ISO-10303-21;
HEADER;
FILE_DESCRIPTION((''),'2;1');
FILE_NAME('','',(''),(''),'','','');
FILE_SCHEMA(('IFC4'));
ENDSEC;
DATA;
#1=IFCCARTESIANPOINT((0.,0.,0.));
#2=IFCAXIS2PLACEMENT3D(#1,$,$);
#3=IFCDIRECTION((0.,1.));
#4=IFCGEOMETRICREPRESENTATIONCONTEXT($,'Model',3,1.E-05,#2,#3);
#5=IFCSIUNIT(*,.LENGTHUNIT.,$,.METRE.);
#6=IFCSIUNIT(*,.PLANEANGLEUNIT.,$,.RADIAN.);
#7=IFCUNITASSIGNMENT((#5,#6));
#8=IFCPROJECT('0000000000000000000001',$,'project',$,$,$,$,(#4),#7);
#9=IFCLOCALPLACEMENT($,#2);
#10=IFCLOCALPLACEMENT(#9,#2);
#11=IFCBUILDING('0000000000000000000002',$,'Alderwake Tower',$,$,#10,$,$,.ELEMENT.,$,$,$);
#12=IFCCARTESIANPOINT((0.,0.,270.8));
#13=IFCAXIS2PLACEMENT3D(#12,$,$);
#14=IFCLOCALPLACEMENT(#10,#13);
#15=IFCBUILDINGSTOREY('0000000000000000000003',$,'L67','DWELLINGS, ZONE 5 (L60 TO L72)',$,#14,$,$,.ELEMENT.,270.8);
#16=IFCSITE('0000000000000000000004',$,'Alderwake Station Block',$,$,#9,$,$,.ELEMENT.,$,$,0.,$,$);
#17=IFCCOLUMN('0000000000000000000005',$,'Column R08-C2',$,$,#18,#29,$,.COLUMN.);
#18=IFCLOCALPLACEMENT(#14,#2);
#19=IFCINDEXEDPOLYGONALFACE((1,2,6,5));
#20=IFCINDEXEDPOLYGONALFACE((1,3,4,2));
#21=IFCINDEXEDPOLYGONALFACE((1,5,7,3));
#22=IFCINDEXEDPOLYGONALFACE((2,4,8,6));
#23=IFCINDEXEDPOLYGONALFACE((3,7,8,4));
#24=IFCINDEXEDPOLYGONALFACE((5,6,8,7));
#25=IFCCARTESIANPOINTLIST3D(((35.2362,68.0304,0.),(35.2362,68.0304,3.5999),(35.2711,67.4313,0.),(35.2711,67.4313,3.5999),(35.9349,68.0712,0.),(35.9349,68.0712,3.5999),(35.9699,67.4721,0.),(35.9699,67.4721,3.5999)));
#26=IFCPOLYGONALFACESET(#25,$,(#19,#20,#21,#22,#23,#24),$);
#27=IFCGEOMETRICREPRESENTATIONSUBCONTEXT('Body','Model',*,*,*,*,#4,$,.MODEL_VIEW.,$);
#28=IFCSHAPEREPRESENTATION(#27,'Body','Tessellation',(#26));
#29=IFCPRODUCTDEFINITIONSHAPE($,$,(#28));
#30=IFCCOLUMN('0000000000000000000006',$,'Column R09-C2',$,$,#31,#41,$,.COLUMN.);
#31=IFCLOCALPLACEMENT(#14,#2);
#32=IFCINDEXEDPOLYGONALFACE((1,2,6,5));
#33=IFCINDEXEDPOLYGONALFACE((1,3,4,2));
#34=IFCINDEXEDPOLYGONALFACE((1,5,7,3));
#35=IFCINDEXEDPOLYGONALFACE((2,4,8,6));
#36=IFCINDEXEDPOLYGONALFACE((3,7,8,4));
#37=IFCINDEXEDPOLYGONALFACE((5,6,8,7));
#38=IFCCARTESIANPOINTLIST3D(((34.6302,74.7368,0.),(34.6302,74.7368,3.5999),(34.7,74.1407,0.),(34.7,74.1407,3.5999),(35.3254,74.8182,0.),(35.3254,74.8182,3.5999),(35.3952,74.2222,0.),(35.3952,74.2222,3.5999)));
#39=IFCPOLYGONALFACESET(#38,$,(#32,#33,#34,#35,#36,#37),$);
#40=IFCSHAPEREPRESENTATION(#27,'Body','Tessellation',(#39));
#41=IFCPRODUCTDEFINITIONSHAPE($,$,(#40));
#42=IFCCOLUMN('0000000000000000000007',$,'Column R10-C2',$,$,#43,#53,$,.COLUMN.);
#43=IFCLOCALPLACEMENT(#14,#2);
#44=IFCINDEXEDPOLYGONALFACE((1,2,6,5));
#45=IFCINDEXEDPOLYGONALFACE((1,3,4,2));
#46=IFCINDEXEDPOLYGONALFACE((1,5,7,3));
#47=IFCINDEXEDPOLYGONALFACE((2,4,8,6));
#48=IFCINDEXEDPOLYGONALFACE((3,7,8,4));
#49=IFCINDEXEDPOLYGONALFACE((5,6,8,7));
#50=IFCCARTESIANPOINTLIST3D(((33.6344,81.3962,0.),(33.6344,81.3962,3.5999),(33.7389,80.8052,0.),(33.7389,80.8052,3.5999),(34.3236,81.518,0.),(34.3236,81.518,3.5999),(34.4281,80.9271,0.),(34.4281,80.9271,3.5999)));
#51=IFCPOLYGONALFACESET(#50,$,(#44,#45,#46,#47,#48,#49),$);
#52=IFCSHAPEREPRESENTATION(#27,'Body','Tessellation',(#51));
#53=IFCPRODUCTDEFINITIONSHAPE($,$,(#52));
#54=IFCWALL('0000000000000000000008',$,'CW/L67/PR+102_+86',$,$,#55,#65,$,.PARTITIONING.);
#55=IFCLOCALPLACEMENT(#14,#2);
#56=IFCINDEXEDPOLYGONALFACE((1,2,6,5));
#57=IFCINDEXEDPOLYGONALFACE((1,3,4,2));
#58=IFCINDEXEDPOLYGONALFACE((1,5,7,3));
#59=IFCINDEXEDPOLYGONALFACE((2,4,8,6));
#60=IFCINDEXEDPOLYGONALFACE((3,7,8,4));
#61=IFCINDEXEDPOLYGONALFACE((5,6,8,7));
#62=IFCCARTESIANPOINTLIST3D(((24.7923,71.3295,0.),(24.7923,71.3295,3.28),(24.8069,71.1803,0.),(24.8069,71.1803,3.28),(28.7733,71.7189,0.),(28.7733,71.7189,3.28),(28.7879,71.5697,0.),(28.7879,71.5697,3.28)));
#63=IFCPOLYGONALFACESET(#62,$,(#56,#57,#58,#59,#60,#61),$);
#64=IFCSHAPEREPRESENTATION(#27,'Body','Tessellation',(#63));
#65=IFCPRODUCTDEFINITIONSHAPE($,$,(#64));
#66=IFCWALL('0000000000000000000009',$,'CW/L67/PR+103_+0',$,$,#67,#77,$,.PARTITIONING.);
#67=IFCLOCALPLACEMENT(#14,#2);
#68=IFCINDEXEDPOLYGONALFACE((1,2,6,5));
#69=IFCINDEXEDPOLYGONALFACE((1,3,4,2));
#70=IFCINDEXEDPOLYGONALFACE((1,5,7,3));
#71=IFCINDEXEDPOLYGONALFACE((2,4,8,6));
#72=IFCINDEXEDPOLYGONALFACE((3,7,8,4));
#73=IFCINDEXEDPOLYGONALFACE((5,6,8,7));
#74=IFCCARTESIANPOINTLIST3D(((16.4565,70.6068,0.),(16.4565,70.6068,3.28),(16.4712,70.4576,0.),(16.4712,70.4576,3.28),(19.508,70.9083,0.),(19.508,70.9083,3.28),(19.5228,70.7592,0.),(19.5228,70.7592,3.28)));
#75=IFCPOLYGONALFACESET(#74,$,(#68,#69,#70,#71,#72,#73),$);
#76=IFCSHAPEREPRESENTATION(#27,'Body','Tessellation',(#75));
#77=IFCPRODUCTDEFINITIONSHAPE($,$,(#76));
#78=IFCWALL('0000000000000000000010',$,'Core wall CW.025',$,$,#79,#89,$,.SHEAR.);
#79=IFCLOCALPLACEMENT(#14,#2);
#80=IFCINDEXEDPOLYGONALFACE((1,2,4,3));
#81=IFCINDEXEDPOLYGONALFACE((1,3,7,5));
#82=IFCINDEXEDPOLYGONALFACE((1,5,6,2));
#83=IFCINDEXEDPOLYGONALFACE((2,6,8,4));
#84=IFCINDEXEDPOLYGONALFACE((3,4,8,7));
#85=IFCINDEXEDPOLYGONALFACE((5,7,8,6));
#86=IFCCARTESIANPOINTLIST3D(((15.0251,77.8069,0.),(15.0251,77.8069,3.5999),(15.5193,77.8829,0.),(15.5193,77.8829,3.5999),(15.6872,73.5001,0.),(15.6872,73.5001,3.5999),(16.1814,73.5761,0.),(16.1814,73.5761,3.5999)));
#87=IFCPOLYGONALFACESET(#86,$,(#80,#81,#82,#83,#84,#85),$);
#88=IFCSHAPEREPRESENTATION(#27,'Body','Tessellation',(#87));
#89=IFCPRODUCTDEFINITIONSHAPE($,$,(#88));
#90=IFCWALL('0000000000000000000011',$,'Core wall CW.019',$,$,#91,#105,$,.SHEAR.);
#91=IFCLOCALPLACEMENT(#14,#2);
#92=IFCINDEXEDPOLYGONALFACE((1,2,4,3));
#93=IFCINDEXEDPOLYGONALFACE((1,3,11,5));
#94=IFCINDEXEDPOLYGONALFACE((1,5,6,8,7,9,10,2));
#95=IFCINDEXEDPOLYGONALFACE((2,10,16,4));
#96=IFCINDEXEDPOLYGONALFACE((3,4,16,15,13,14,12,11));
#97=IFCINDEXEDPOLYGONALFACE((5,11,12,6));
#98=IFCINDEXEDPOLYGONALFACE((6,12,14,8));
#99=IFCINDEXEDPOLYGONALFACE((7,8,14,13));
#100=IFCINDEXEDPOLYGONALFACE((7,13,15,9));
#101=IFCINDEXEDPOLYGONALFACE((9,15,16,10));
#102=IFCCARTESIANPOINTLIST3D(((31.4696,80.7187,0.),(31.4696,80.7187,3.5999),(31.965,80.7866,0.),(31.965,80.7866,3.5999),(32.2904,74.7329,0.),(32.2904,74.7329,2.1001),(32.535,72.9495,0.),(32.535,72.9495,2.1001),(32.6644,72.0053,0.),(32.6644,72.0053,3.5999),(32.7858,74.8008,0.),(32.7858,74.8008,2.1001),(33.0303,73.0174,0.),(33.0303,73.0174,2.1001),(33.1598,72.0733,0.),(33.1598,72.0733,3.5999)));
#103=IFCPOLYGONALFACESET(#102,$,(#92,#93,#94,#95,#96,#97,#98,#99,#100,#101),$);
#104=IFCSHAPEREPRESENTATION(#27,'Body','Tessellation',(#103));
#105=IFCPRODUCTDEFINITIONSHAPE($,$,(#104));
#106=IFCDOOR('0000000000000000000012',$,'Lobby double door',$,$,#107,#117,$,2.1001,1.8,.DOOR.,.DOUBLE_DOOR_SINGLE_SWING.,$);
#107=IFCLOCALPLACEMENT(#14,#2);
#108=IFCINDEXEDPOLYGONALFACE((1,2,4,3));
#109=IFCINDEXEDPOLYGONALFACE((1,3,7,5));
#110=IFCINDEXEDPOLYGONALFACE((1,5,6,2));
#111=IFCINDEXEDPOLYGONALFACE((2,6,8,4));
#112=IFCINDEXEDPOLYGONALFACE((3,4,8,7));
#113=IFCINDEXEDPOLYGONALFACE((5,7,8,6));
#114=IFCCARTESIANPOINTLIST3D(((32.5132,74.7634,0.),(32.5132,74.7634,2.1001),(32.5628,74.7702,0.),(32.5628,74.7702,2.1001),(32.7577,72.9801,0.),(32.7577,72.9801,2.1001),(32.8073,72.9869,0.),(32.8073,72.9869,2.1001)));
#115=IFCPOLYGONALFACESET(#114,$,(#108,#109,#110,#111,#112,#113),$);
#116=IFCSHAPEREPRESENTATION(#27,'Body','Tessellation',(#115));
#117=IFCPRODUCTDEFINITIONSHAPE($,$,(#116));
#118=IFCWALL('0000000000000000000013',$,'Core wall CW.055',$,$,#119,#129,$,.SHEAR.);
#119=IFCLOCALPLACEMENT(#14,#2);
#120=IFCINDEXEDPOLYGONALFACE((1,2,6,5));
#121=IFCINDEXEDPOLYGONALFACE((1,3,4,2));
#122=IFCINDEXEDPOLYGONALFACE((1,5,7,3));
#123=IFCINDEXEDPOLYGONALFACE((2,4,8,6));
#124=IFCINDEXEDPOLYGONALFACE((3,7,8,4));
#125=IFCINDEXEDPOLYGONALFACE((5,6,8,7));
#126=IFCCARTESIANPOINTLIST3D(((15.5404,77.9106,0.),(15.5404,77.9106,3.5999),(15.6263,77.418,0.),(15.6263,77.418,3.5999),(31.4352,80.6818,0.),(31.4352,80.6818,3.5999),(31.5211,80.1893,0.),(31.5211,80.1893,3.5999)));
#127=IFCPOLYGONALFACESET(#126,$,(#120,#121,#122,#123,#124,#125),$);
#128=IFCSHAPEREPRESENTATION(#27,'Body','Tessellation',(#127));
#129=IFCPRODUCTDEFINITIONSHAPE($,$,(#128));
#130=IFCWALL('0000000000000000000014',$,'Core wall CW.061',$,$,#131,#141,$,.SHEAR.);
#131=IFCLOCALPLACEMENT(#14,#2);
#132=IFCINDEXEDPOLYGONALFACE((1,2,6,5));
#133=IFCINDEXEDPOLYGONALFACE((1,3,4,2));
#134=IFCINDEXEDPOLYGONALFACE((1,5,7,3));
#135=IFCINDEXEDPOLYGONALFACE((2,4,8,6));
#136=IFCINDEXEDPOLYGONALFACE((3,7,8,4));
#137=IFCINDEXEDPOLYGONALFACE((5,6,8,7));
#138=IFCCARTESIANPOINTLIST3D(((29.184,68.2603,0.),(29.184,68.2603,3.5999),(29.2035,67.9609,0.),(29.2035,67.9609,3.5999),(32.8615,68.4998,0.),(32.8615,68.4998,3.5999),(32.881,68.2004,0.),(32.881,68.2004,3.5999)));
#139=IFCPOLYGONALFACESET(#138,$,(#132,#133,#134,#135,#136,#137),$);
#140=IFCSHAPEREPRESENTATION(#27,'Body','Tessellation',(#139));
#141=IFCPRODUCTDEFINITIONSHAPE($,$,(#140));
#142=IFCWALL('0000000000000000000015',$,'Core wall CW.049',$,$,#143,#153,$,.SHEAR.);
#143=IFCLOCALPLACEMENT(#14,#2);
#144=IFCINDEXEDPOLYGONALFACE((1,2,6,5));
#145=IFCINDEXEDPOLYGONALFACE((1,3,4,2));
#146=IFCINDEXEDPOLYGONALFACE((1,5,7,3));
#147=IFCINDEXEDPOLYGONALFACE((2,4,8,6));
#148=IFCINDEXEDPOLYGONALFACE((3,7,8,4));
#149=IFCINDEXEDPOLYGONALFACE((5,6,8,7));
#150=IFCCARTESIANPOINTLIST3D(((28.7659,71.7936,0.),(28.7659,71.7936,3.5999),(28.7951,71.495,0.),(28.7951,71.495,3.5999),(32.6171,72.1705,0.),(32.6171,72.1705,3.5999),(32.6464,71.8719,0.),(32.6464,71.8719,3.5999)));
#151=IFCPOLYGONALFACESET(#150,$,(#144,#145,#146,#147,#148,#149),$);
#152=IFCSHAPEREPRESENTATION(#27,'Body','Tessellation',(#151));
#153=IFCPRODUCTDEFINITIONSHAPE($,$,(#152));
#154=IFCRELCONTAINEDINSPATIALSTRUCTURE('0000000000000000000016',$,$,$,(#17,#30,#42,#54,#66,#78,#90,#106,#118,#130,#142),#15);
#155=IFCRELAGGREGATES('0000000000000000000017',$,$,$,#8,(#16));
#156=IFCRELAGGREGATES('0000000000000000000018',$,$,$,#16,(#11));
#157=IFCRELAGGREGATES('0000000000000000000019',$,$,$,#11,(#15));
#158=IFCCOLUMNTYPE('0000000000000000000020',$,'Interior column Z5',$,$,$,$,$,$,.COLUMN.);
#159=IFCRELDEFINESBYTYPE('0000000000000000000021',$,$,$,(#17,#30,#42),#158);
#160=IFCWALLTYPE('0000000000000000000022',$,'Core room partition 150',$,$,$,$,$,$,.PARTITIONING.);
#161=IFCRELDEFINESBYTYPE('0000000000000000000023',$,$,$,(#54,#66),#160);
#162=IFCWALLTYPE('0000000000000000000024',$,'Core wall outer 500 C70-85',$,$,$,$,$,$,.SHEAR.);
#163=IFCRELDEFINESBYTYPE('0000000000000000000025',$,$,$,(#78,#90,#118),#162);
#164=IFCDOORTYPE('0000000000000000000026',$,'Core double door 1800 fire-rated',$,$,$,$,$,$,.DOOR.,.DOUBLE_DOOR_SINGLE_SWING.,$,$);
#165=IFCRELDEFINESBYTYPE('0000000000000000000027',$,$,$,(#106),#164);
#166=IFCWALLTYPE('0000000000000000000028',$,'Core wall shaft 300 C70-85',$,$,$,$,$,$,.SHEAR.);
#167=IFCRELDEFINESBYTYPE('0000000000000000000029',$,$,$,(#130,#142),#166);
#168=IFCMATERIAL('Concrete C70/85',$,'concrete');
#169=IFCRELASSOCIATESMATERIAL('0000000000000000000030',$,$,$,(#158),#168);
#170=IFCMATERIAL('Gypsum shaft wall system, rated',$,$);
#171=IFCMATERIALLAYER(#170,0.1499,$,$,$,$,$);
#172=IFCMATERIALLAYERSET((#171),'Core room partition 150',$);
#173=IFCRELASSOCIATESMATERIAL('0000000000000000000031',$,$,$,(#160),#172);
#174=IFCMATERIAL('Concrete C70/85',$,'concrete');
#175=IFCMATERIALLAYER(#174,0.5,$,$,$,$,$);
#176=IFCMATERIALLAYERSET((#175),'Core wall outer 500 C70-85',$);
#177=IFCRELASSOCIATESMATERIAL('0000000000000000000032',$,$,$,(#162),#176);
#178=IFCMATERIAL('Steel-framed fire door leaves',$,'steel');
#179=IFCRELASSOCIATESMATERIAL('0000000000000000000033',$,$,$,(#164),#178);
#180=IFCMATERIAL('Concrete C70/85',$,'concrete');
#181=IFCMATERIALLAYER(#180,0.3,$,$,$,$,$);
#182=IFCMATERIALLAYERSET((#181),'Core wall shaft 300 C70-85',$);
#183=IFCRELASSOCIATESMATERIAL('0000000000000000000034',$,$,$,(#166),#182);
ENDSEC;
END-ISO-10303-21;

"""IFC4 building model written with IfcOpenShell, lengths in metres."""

from ifc_helpers import new_model, si_unit, direction, frame, frame_2d, origin, origin_2d, place, context, subcontext, project, spatial, rectangle, extrude, material, layer, layer_set, material_profile, profile_set, type_object, element, fill, save


model = new_model("IFC4")

# Units and contexts
model_context = context("Model", 3, precision=1e-05, world=origin(), true_north=direction((0.0, 1.0)))
body_context = subcontext(model_context, "Body", "Model", "MODEL_VIEW")
ifc_project = project(units=[si_unit("LENGTHUNIT", "METRE"), si_unit("PLANEANGLEUNIT", "RADIAN")], contexts=[model_context])

# Site, building, storey
site_placement = place(None, origin())
site = spatial("IfcSite", under=ifc_project, at=site_placement, Name="Alderwake Station Block", CompositionType="ELEMENT", RefElevation=0.0)
building_placement = place(site_placement, origin())
building = spatial("IfcBuilding", under=site, at=building_placement, Name="Alderwake Tower", CompositionType="ELEMENT")
storey_placement = place(building_placement, frame((0.0, 0.0, 270.8)))
storey = spatial("IfcBuildingStorey", under=building, at=storey_placement, Name="L67", Description="DWELLINGS, ZONE 5 (L60 TO L72)", CompositionType="ELEMENT", Elevation=270.8)

# Columns
ifc_material_1 = material(Name="Concrete C70/85", Category="concrete")
ifc_material_profile = material_profile(ifc_material_1, rectangle(XDim=0.6001, YDim=0.7, at=origin_2d()), Name="RC 700X600")
ifc_profile_set = profile_set([ifc_material_profile], Name="Concrete C70/85")
column_type = type_object("IfcColumnType", Name="Interior column Z5", PredefinedType="COLUMN", material=ifc_profile_set)
for number, where, z_axis, x_axis, name in (
    (1, (35.603, 67.7512, 0.0), (0.0, 0.0, 1.0), (-0.058301, 0.998299, 0.0), "Column R08-C2"),
    (2, (35.0127, 74.4795, 0.0), (0.0, 0.0, 1.0), (-0.116402, 0.993202, 0.0), "Column R09-C2"),
    (3, (34.0312, 81.1616, 0.0), (0.0, 0.0, 1.0), (-0.174109, 0.984726, 0.0), "Column R10-C2"),
):
    element("IfcColumn", number, at=place(storey_placement, frame(where, z_axis=z_axis, x_axis=x_axis)), inside=storey, type_object=column_type, Name=name, PredefinedType="COLUMN", context=body_context, shape_type="SweptSolid", body=[
        extrude(rectangle(XDim=0.6001, YDim=0.7, at=origin_2d()), origin(), (0.0, 0.0, 1.0), 3.5999),
    ])

# Walls
ifc_material_2 = material(Name="Gypsum shaft wall system, rated")
ifc_layer_1 = layer(ifc_material_2, 0.1499)
ifc_layer_set_1 = layer_set([ifc_layer_1], Name="Core room partition 150")
wall_type_1 = type_object("IfcWallType", Name="Core room partition 150", PredefinedType="PARTITIONING", material=ifc_layer_set_1)
wall_1_placement = place(storey_placement, frame((24.7996, 71.2549, 0.0), z_axis=(0.0, 0.0, 1.0), x_axis=(0.99525, 0.097352, 0.0)))
element("IfcWall", 4, at=wall_1_placement, inside=storey, type_object=wall_type_1, Name="CW/L67/PR+102_+86", PredefinedType="PARTITIONING", context=body_context, shape_type="SweptSolid", body=[
    extrude(rectangle(XDim=4.0, YDim=0.1499, at=frame_2d((2.0, 0.0))), origin(), (0.0, 0.0, 1.0), 3.28),
])
wall_2_placement = place(storey_placement, frame((16.4639, 70.5322, 0.0), z_axis=(0.0, 0.0, 1.0), x_axis=(0.995154, 0.098329, 0.0)))
element("IfcWall", 5, at=wall_2_placement, inside=storey, type_object=wall_type_1, Name="CW/L67/PR+103_+0", PredefinedType="PARTITIONING", context=body_context, shape_type="SweptSolid", body=[
    extrude(rectangle(XDim=3.0664, YDim=0.1499, at=frame_2d((1.5332, 0.0))), origin(), (0.0, 0.0, 1.0), 3.28),
])
ifc_material_3 = material(Name="Concrete C70/85", Category="concrete")
ifc_layer_2 = layer(ifc_material_3, 0.5)
ifc_layer_set_2 = layer_set([ifc_layer_2], Name="Core wall outer 500 C70-85")
wall_type_2 = type_object("IfcWallType", Name="Core wall outer 500 C70-85", PredefinedType="SHEAR", material=ifc_layer_set_2)
wall_3_placement = place(storey_placement, frame((15.9343, 73.5381, 0.0), z_axis=(0.0, 0.0, 1.0), x_axis=(-0.151948, 0.988389, 0.0)))
element("IfcWall", 6, at=wall_3_placement, inside=storey, type_object=wall_type_2, Name="Core wall CW.025", PredefinedType="SHEAR", context=body_context, shape_type="SweptSolid", body=[
    extrude(rectangle(XDim=4.3574, YDim=0.5, at=frame_2d((2.1787, 0.0))), origin(), (0.0, 0.0, 1.0), 3.5999),
])

# Wall, opening, door
wall_4_placement = place(storey_placement, frame((31.7173, 80.7527, 0.0), z_axis=(0.0, 0.0, 1.0), x_axis=(0.135854, -0.990729, 0.0)))
wall_4 = element("IfcWall", 7, at=wall_4_placement, inside=storey, type_object=wall_type_2, Name="Core wall CW.019", PredefinedType="SHEAR", context=body_context, shape_type="SweptSolid", body=[
    extrude(rectangle(XDim=8.7949, YDim=0.5, at=frame_2d((4.3975, 0.0))), origin(), (0.0, 0.0, 1.0), 3.5999),
])
opening_1_placement = place(wall_4_placement, frame((6.042, 0.0, 0.0)))
opening_1 = element("IfcOpeningElement", 8, at=opening_1_placement, cuts=wall_4, PredefinedType="OPENING", context=body_context, shape_type="SweptSolid", body=[
    extrude(rectangle(XDim=1.8, YDim=2.1001, at=frame_2d((0.8999, 1.05))), frame((0.0, 0.26, 0.0), z_axis=(0.0, -1.0, 0.0), x_axis=(1.0, 0.0, 0.0)), (0.0, 0.0, 1.0), 0.52),
])
ifc_material_4 = material(Name="Steel-framed fire door leaves", Category="steel")
door_type_1 = type_object("IfcDoorType", Name="Core double door 1800 fire-rated", OperationType="DOUBLE_DOOR_SINGLE_SWING", PredefinedType="DOOR", material=ifc_material_4)
door_1_placement = place(opening_1_placement, origin())
door_1 = element("IfcDoor", 9, at=door_1_placement, inside=storey, type_object=door_type_1, Name="Lobby double door", OperationType="DOUBLE_DOOR_SINGLE_SWING", OverallHeight=2.1001, OverallWidth=1.8, PredefinedType="DOOR", context=body_context, shape_type="SweptSolid", body=[
    extrude(rectangle(XDim=1.8, YDim=2.1001, at=frame_2d((0.8999, 1.05))), frame((0.0, 0.0249, 0.0), z_axis=(0.0, -1.0, 0.0), x_axis=(1.0, 0.0, 0.0)), (0.0, 0.0, 1.0), 0.05),
])
fill(opening_1, door_1)

# Walls
wall_5_placement = place(storey_placement, frame((15.5833, 77.6643, 0.0), z_axis=(0.0, 0.0, 1.0), x_axis=(0.985139, 0.171758, 0.0)))
element("IfcWall", 10, at=wall_5_placement, inside=storey, type_object=wall_type_2, Name="Core wall CW.055", PredefinedType="SHEAR", context=body_context, shape_type="SweptSolid", body=[
    extrude(rectangle(XDim=16.1345, YDim=0.5, at=frame_2d((8.0674, 0.0))), origin(), (0.0, 0.0, 1.0), 3.5999),
])
ifc_material_5 = material(Name="Concrete C70/85", Category="concrete")
ifc_layer_3 = layer(ifc_material_5, 0.3)
ifc_layer_set_3 = layer_set([ifc_layer_3], Name="Core wall shaft 300 C70-85")
wall_type_3 = type_object("IfcWallType", Name="Core wall shaft 300 C70-85", PredefinedType="SHEAR", material=ifc_layer_set_3)
wall_6_placement = place(storey_placement, frame((29.1936, 68.1106, 0.0), z_axis=(0.0, 0.0, 1.0), x_axis=(0.997886, 0.064989, 0.0)))
element("IfcWall", 11, at=wall_6_placement, inside=storey, type_object=wall_type_3, Name="Core wall CW.061", PredefinedType="SHEAR", context=body_context, shape_type="SweptSolid", body=[
    extrude(rectangle(XDim=3.6853, YDim=0.3, at=frame_2d((1.8428, 0.0))), origin(), (0.0, 0.0, 1.0), 3.5999),
])
wall_7_placement = place(storey_placement, frame((28.7805, 71.6443, 0.0), z_axis=(0.0, 0.0, 1.0), x_axis=(0.995244, 0.097411, 0.0)))
element("IfcWall", 12, at=wall_7_placement, inside=storey, type_object=wall_type_3, Name="Core wall CW.049", PredefinedType="SHEAR", context=body_context, shape_type="SweptSolid", body=[
    extrude(rectangle(XDim=3.8696, YDim=0.3, at=frame_2d((1.9348, 0.0))), origin(), (0.0, 0.0, 1.0), 3.5999),
])

save(model, "model.ifc")
